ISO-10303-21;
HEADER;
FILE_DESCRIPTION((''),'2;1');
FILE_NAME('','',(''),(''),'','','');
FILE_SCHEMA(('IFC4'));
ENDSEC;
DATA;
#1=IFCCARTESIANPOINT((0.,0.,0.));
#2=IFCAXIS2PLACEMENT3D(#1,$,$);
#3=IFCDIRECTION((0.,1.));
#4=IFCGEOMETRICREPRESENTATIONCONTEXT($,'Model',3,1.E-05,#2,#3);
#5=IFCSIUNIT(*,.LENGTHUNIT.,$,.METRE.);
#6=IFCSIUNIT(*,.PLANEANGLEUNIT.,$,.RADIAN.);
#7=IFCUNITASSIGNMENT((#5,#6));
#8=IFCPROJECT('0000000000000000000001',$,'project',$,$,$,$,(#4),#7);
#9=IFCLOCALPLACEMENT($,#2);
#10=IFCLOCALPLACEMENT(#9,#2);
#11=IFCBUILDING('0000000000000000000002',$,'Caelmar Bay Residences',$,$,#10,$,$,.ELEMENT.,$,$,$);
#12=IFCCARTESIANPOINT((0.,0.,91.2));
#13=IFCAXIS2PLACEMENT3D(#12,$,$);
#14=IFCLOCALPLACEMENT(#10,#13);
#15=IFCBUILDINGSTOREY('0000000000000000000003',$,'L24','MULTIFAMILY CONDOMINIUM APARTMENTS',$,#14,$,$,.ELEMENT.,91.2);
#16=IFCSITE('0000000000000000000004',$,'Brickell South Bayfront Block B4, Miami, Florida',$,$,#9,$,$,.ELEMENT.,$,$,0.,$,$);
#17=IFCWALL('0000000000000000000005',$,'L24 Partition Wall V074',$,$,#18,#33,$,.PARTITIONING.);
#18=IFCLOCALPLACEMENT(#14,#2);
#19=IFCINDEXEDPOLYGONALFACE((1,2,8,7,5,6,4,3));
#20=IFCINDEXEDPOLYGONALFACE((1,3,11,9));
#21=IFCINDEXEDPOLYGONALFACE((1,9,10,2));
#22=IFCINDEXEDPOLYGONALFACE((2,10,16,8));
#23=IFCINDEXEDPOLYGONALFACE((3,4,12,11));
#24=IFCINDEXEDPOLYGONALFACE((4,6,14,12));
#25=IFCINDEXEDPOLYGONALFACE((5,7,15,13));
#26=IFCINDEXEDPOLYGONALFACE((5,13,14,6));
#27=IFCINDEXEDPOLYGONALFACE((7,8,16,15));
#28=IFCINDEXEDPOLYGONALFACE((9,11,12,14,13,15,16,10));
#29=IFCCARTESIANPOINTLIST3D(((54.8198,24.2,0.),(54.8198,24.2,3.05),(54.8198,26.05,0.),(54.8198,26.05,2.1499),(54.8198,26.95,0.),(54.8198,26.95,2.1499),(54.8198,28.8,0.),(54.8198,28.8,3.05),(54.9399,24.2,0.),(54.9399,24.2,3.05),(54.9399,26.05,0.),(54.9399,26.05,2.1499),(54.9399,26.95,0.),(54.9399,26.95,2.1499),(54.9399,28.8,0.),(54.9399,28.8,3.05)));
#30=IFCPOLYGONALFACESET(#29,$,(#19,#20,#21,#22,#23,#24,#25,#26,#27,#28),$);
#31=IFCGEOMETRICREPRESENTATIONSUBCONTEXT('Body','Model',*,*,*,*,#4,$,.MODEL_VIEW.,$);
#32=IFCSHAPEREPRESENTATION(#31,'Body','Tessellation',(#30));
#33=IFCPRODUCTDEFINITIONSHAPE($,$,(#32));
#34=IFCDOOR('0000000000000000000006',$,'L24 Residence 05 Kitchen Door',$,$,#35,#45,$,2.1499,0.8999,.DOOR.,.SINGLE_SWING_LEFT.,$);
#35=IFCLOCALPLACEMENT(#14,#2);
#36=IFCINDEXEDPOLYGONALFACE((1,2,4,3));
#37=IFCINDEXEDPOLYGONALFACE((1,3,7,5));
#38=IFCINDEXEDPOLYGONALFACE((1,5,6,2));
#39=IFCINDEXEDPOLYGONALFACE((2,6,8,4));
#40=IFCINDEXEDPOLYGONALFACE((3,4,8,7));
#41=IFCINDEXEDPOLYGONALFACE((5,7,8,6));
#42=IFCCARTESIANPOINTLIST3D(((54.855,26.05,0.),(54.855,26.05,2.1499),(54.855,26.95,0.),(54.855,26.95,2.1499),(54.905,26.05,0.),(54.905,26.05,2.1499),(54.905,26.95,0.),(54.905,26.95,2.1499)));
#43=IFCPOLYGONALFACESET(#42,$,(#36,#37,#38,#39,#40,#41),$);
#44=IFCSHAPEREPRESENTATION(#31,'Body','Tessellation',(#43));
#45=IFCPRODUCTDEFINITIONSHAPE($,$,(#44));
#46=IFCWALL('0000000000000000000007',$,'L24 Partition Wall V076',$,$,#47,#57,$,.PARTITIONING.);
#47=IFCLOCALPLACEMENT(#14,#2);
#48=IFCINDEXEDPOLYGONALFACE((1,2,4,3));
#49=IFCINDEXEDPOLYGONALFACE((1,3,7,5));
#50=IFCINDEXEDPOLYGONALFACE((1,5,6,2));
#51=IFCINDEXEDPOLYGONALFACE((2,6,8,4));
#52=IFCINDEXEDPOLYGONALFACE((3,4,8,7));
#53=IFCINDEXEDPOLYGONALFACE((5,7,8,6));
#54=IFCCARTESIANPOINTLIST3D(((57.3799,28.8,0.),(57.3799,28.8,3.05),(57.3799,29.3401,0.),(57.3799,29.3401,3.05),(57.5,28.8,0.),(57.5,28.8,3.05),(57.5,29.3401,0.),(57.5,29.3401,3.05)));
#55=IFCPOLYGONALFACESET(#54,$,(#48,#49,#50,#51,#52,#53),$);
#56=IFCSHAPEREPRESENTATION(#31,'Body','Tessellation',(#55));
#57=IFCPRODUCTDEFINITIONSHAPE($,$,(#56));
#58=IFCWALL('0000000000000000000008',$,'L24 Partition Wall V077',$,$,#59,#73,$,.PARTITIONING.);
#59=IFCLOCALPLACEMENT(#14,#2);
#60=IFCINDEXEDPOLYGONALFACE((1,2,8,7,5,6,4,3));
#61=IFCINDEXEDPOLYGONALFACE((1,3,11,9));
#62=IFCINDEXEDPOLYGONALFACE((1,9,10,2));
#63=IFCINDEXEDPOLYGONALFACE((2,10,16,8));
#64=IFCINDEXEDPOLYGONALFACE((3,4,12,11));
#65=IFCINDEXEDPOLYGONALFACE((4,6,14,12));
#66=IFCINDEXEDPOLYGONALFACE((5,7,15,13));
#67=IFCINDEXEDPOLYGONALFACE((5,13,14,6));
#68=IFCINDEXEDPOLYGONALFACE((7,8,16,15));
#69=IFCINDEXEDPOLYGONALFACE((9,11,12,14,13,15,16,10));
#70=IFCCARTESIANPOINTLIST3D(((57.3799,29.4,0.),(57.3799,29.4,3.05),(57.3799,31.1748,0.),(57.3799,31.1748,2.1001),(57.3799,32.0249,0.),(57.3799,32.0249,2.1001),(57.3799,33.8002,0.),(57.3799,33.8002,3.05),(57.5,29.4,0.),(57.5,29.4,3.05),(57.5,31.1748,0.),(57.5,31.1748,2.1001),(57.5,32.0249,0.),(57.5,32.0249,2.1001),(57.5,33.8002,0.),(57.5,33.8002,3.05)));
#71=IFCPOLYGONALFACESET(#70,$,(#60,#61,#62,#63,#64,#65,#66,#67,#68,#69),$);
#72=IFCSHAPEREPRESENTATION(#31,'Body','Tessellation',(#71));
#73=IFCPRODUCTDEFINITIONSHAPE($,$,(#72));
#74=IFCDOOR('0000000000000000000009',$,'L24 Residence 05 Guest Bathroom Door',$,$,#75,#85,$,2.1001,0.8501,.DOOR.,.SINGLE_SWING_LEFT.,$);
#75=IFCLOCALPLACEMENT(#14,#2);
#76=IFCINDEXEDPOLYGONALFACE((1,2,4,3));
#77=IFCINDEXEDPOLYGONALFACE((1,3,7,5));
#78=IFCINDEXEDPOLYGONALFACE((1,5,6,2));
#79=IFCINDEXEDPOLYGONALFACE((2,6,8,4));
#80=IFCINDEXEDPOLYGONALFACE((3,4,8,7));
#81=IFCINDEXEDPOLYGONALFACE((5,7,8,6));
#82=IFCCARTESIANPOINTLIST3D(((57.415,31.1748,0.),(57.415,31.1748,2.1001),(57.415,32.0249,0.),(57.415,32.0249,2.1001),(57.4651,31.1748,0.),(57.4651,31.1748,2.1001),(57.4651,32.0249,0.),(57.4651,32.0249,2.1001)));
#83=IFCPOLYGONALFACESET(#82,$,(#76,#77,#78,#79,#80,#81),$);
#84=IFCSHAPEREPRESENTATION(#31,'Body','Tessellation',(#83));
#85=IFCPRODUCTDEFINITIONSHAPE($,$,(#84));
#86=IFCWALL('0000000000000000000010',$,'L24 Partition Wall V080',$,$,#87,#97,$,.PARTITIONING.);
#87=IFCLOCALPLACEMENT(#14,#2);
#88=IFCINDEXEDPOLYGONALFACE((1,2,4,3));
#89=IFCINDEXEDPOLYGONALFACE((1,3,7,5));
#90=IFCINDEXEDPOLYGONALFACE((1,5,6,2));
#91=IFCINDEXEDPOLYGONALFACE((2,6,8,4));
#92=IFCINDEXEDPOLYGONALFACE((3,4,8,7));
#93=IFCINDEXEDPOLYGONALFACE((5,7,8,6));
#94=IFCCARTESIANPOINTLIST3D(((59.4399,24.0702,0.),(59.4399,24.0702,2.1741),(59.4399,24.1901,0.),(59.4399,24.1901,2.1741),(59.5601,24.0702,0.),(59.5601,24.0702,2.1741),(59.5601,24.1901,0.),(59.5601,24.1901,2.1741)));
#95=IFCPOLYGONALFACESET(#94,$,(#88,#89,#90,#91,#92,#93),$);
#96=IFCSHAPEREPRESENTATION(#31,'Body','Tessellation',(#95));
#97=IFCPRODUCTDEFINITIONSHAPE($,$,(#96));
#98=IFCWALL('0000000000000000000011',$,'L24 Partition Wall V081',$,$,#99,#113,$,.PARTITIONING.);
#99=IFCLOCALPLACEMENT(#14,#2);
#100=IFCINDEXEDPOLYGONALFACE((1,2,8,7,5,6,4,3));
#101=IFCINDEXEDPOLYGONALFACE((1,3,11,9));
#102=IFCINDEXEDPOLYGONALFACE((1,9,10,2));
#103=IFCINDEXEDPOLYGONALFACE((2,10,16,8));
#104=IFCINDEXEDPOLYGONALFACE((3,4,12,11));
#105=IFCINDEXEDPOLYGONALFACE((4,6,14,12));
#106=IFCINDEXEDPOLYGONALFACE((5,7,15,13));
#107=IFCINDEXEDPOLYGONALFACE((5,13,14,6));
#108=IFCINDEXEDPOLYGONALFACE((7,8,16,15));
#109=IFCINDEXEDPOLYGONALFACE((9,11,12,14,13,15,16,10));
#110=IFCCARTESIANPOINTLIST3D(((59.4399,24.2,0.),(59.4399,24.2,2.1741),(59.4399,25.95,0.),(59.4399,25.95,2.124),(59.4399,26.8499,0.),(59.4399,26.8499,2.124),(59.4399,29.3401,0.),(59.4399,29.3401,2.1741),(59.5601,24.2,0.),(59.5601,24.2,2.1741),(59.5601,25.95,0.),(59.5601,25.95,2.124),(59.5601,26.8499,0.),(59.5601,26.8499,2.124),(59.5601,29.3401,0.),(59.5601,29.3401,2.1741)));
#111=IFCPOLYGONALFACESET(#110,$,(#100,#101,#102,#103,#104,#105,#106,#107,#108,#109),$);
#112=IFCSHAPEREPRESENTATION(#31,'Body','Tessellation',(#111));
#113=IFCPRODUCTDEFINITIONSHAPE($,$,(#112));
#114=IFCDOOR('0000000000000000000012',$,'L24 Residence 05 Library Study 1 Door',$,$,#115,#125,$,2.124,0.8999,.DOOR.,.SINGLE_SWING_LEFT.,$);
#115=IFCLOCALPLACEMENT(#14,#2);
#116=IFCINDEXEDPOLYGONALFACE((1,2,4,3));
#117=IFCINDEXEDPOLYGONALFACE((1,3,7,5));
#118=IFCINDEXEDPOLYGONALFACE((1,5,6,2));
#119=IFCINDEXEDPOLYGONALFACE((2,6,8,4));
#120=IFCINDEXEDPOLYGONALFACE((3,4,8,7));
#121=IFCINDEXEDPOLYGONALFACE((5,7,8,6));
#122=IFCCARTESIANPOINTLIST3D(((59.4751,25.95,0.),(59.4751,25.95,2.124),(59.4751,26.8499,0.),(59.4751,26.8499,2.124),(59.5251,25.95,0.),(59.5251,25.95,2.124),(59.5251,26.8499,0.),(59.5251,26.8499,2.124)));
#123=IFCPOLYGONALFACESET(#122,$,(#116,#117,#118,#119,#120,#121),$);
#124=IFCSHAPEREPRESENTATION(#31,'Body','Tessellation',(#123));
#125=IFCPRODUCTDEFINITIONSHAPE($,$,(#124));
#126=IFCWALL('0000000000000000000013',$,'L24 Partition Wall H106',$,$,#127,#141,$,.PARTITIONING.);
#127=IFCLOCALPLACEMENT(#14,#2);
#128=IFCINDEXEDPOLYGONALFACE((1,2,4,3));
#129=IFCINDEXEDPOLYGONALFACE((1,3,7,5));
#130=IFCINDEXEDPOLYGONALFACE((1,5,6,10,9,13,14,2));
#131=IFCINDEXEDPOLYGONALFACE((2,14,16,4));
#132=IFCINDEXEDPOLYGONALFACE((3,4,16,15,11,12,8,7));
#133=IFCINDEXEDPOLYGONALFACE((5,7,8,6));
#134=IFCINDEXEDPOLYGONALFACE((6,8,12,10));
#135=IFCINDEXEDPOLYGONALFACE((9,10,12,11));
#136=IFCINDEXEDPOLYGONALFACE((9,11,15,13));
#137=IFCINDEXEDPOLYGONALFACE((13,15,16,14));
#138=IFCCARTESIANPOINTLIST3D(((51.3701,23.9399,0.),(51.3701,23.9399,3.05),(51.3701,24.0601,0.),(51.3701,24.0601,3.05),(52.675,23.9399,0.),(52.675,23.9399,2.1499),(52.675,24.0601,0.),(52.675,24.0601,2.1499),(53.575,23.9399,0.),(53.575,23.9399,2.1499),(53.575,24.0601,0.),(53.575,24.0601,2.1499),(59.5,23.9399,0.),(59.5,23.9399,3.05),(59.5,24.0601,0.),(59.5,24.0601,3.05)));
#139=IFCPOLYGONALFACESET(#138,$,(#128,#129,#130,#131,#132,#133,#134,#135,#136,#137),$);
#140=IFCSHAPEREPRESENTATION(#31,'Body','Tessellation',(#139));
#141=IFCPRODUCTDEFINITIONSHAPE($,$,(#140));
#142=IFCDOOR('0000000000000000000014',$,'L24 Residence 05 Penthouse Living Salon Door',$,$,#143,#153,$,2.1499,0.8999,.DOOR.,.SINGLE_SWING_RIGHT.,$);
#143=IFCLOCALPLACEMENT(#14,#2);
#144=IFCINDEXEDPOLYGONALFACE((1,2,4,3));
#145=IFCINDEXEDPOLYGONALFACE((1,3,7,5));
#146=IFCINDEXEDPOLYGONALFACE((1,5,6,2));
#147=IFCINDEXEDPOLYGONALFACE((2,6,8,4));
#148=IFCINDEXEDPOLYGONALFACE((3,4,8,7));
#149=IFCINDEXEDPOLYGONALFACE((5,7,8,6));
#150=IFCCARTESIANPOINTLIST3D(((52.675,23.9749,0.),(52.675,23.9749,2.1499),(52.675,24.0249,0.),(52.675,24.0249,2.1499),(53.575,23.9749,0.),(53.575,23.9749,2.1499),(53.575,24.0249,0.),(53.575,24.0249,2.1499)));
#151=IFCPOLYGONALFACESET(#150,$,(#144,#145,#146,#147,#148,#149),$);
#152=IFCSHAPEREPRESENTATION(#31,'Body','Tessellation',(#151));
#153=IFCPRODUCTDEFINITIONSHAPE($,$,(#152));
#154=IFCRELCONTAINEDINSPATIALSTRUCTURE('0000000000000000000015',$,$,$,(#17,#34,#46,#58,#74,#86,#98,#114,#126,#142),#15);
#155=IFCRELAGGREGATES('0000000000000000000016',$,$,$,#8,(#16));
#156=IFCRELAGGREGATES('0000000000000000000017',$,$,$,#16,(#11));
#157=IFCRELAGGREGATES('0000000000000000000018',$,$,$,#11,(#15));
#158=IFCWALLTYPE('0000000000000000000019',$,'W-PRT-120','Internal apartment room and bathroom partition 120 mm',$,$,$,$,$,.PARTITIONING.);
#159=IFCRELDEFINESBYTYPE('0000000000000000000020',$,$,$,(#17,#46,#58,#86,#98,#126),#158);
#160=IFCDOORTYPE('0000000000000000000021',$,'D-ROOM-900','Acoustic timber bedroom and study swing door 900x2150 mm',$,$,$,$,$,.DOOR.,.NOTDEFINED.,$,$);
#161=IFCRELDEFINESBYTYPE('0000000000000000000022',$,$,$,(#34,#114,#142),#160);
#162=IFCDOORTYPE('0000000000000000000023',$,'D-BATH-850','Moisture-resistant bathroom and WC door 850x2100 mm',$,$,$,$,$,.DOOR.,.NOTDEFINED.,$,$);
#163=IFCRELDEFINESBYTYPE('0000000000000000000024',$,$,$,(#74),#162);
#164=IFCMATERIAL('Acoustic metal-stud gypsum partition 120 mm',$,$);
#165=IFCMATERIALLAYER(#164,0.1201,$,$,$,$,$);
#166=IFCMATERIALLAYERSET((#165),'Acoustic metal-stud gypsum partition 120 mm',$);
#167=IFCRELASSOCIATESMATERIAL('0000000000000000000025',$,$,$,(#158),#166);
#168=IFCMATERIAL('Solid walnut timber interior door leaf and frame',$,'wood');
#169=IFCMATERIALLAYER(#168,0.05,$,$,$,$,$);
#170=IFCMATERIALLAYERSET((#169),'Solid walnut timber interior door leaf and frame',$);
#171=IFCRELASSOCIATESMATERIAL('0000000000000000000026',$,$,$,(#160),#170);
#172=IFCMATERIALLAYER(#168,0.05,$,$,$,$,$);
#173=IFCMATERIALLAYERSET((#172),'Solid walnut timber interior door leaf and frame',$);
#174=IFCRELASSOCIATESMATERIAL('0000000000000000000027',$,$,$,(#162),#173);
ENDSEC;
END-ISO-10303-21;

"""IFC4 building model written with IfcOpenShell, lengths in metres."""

from ifc_helpers import new_model, si_unit, direction, frame, frame_2d, origin, place, context, subcontext, project, spatial, rectangle, extrude, material, layer, layer_set, type_object, element, fill, save


model = new_model("IFC4")

# Units and contexts
model_context = context("Model", 3, precision=1e-05, world=origin(), true_north=direction((0.0, 1.0)))
body_context = subcontext(model_context, "Body", "Model", "MODEL_VIEW")
ifc_project = project(units=[si_unit("LENGTHUNIT", "METRE"), si_unit("PLANEANGLEUNIT", "RADIAN")], contexts=[model_context])

# Site, building, storey
site_placement = place(None, origin())
site = spatial("IfcSite", under=ifc_project, at=site_placement, Name="Brickell South Bayfront Block B4, Miami, Florida", CompositionType="ELEMENT", RefElevation=0.0)
building_placement = place(site_placement, origin())
building = spatial("IfcBuilding", under=site, at=building_placement, Name="Caelmar Bay Residences", CompositionType="ELEMENT")
storey_placement = place(building_placement, frame((0.0, 0.0, 91.2)))
storey = spatial("IfcBuildingStorey", under=building, at=storey_placement, Name="L24", Description="MULTIFAMILY CONDOMINIUM APARTMENTS", CompositionType="ELEMENT", Elevation=91.2)

# Shared definitions
ifc_material_1 = material(Name="Acoustic metal-stud gypsum partition 120 mm")
ifc_layer_1 = layer(ifc_material_1, 0.1201)
ifc_layer_set_1 = layer_set([ifc_layer_1], Name="Acoustic metal-stud gypsum partition 120 mm")
wall_type = type_object("IfcWallType", Name="W-PRT-120", Description="Internal apartment room and bathroom partition 120 mm", PredefinedType="PARTITIONING", material=ifc_layer_set_1)

# Shared definitions
ifc_material_2 = material(Name="Solid walnut timber interior door leaf and frame", Category="wood")
ifc_layer_2 = layer(ifc_material_2, 0.05)
ifc_layer_set_2 = layer_set([ifc_layer_2], Name="Solid walnut timber interior door leaf and frame")
door_type_1 = type_object("IfcDoorType", Name="D-ROOM-900", Description="Acoustic timber bedroom and study swing door 900x2150 mm", OperationType="NOTDEFINED", PredefinedType="DOOR", material=ifc_layer_set_2)

# Shared definitions
ifc_layer_3 = layer(ifc_material_2, 0.05)
ifc_layer_set_3 = layer_set([ifc_layer_3], Name="Solid walnut timber interior door leaf and frame")
door_type_2 = type_object("IfcDoorType", Name="D-BATH-850", Description="Moisture-resistant bathroom and WC door 850x2100 mm", OperationType="NOTDEFINED", PredefinedType="DOOR", material=ifc_layer_set_3)

# Wall, opening, door
wall_1_placement = place(storey_placement, frame((54.8799, 24.2, 0.0), z_axis=(0.0, 0.0, 1.0), x_axis=(0.0, 1.0, 0.0)))
wall_1 = element("IfcWall", 1, at=wall_1_placement, inside=storey, type_object=wall_type, Name="L24 Partition Wall V074", PredefinedType="PARTITIONING", context=body_context, shape_type="SweptSolid", body=[
    extrude(rectangle(XDim=4.6001, YDim=0.1201, at=frame_2d((2.3, 0.0))), origin(), (0.0, 0.0, 1.0), 3.05),
])
opening_1_placement = place(wall_1_placement, frame((1.8501, 0.0, 0.0)))
opening_1 = element("IfcOpeningElement", 2, at=opening_1_placement, cuts=wall_1, PredefinedType="OPENING", context=body_context, shape_type="SweptSolid", body=[
    extrude(rectangle(XDim=0.8999, YDim=2.1499, at=frame_2d((0.45, 1.075))), frame((0.0, 0.0701, 0.0), z_axis=(0.0, -1.0, 0.0), x_axis=(1.0, 0.0, 0.0)), (0.0, 0.0, 1.0), 0.1401),
])
door_1_placement = place(opening_1_placement, origin())
door_1 = element("IfcDoor", 3, at=door_1_placement, inside=storey, type_object=door_type_1, Name="L24 Residence 05 Kitchen Door", OperationType="SINGLE_SWING_LEFT", OverallHeight=2.1499, OverallWidth=0.8999, PredefinedType="DOOR", context=body_context, shape_type="SweptSolid", body=[
    extrude(rectangle(XDim=0.8999, YDim=2.1499, at=frame_2d((0.45, 1.075))), frame((0.0, 0.0249, 0.0), z_axis=(0.0, -1.0, 0.0), x_axis=(1.0, 0.0, 0.0)), (0.0, 0.0, 1.0), 0.05),
])
fill(opening_1, door_1)

# Wall
wall_2_placement = place(storey_placement, frame((57.4399, 28.8, 0.0), z_axis=(0.0, 0.0, 1.0), x_axis=(0.0, 1.0, 0.0)))
element("IfcWall", 4, at=wall_2_placement, inside=storey, type_object=wall_type, Name="L24 Partition Wall V076", PredefinedType="PARTITIONING", context=body_context, shape_type="SweptSolid", body=[
    extrude(rectangle(XDim=0.54, YDim=0.1201, at=frame_2d((0.27, 0.0))), origin(), (0.0, 0.0, 1.0), 3.05),
])

# Wall, opening, door
wall_3_placement = place(storey_placement, frame((57.4399, 29.3999, 0.0), z_axis=(0.0, 0.0, 1.0), x_axis=(0.0, 1.0, 0.0)))
wall_3 = element("IfcWall", 5, at=wall_3_placement, inside=storey, type_object=wall_type, Name="L24 Partition Wall V077", PredefinedType="PARTITIONING", context=body_context, shape_type="SweptSolid", body=[
    extrude(rectangle(XDim=4.4001, YDim=0.1201, at=frame_2d((2.2002, 0.0))), origin(), (0.0, 0.0, 1.0), 3.05),
])
opening_2_placement = place(wall_3_placement, frame((1.7749, 0.0, 0.0)))
opening_2 = element("IfcOpeningElement", 6, at=opening_2_placement, cuts=wall_3, PredefinedType="OPENING", context=body_context, shape_type="SweptSolid", body=[
    extrude(rectangle(XDim=0.8501, YDim=2.1001, at=frame_2d((0.425, 1.05))), frame((0.0, 0.0701, 0.0), z_axis=(0.0, -1.0, 0.0), x_axis=(1.0, 0.0, 0.0)), (0.0, 0.0, 1.0), 0.1401),
])
door_2_placement = place(opening_2_placement, origin())
door_2 = element("IfcDoor", 7, at=door_2_placement, inside=storey, type_object=door_type_2, Name="L24 Residence 05 Guest Bathroom Door", OperationType="SINGLE_SWING_LEFT", OverallHeight=2.1001, OverallWidth=0.8501, PredefinedType="DOOR", context=body_context, shape_type="SweptSolid", body=[
    extrude(rectangle(XDim=0.8501, YDim=2.1001, at=frame_2d((0.425, 1.05))), frame((0.0, 0.0249, 0.0), z_axis=(0.0, -1.0, 0.0), x_axis=(1.0, 0.0, 0.0)), (0.0, 0.0, 1.0), 0.05),
])
fill(opening_2, door_2)

# Wall
wall_4_placement = place(storey_placement, frame((59.5, 24.0701, 0.0), z_axis=(0.0, 0.0, 1.0), x_axis=(0.0, 1.0, 0.0)))
element("IfcWall", 8, at=wall_4_placement, inside=storey, type_object=wall_type, Name="L24 Partition Wall V080", PredefinedType="PARTITIONING", context=body_context, shape_type="SweptSolid", body=[
    extrude(rectangle(XDim=0.1199, YDim=0.1201, at=frame_2d((0.0601, 0.0))), origin(), (0.0, 0.0, 1.0), 2.1741),
])

# Walls, openings, doors
wall_5_placement = place(storey_placement, frame((59.5, 24.2, 0.0), z_axis=(0.0, 0.0, 1.0), x_axis=(0.0, 1.0, 0.0)))
wall_5 = element("IfcWall", 9, at=wall_5_placement, inside=storey, type_object=wall_type, Name="L24 Partition Wall V081", PredefinedType="PARTITIONING", context=body_context, shape_type="SweptSolid", body=[
    extrude(rectangle(XDim=5.1401, YDim=0.1201, at=frame_2d((2.5701, 0.0))), origin(), (0.0, 0.0, 1.0), 2.1741),
])
opening_3_placement = place(wall_5_placement, frame((1.75, 0.0, 0.0)))
opening_3 = element("IfcOpeningElement", 10, at=opening_3_placement, cuts=wall_5, PredefinedType="OPENING", context=body_context, shape_type="SweptSolid", body=[
    extrude(rectangle(XDim=0.8999, YDim=2.124, at=frame_2d((0.45, 1.062))), frame((0.0, 0.0701, 0.0), z_axis=(0.0, -1.0, 0.0), x_axis=(1.0, 0.0, 0.0)), (0.0, 0.0, 1.0), 0.1401),
])
door_3_placement = place(opening_3_placement, origin())
door_3 = element("IfcDoor", 11, at=door_3_placement, inside=storey, type_object=door_type_1, Name="L24 Residence 05 Library Study 1 Door", OperationType="SINGLE_SWING_LEFT", OverallHeight=2.124, OverallWidth=0.8999, PredefinedType="DOOR", context=body_context, shape_type="SweptSolid", body=[
    extrude(rectangle(XDim=0.8999, YDim=2.124, at=frame_2d((0.45, 1.062))), frame((0.0, 0.0249, 0.0), z_axis=(0.0, -1.0, 0.0), x_axis=(1.0, 0.0, 0.0)), (0.0, 0.0, 1.0), 0.05),
])
fill(opening_3, door_3)
wall_6_placement = place(storey_placement, frame((51.3701, 24.0, 0.0), z_axis=(0.0, 0.0, 1.0), x_axis=(1.0, 0.0, 0.0)))
wall_6 = element("IfcWall", 12, at=wall_6_placement, inside=storey, type_object=wall_type, Name="L24 Partition Wall H106", PredefinedType="PARTITIONING", context=body_context, shape_type="SweptSolid", body=[
    extrude(rectangle(XDim=8.1299, YDim=0.1201, at=frame_2d((4.0649, 0.0))), origin(), (0.0, 0.0, 1.0), 3.05),
])
opening_4_placement = place(wall_6_placement, frame((1.3049, 0.0, 0.0)))
opening_4 = element("IfcOpeningElement", 13, at=opening_4_placement, cuts=wall_6, PredefinedType="OPENING", context=body_context, shape_type="SweptSolid", body=[
    extrude(rectangle(XDim=0.8999, YDim=2.1499, at=frame_2d((0.45, 1.075))), frame((0.0, 0.0701, 0.0), z_axis=(0.0, -1.0, 0.0), x_axis=(1.0, 0.0, 0.0)), (0.0, 0.0, 1.0), 0.1401),
])
door_4_placement = place(opening_4_placement, origin())
door_4 = element("IfcDoor", 14, at=door_4_placement, inside=storey, type_object=door_type_1, Name="L24 Residence 05 Penthouse Living Salon Door", OperationType="SINGLE_SWING_RIGHT", OverallHeight=2.1499, OverallWidth=0.8999, PredefinedType="DOOR", context=body_context, shape_type="SweptSolid", body=[
    extrude(rectangle(XDim=0.8999, YDim=2.1499, at=frame_2d((0.45, 1.075))), frame((0.0, 0.0249, 0.0), z_axis=(0.0, -1.0, 0.0), x_axis=(1.0, 0.0, 0.0)), (0.0, 0.0, 1.0), 0.05),
])
fill(opening_4, door_4)

save(model, "model.ifc")
